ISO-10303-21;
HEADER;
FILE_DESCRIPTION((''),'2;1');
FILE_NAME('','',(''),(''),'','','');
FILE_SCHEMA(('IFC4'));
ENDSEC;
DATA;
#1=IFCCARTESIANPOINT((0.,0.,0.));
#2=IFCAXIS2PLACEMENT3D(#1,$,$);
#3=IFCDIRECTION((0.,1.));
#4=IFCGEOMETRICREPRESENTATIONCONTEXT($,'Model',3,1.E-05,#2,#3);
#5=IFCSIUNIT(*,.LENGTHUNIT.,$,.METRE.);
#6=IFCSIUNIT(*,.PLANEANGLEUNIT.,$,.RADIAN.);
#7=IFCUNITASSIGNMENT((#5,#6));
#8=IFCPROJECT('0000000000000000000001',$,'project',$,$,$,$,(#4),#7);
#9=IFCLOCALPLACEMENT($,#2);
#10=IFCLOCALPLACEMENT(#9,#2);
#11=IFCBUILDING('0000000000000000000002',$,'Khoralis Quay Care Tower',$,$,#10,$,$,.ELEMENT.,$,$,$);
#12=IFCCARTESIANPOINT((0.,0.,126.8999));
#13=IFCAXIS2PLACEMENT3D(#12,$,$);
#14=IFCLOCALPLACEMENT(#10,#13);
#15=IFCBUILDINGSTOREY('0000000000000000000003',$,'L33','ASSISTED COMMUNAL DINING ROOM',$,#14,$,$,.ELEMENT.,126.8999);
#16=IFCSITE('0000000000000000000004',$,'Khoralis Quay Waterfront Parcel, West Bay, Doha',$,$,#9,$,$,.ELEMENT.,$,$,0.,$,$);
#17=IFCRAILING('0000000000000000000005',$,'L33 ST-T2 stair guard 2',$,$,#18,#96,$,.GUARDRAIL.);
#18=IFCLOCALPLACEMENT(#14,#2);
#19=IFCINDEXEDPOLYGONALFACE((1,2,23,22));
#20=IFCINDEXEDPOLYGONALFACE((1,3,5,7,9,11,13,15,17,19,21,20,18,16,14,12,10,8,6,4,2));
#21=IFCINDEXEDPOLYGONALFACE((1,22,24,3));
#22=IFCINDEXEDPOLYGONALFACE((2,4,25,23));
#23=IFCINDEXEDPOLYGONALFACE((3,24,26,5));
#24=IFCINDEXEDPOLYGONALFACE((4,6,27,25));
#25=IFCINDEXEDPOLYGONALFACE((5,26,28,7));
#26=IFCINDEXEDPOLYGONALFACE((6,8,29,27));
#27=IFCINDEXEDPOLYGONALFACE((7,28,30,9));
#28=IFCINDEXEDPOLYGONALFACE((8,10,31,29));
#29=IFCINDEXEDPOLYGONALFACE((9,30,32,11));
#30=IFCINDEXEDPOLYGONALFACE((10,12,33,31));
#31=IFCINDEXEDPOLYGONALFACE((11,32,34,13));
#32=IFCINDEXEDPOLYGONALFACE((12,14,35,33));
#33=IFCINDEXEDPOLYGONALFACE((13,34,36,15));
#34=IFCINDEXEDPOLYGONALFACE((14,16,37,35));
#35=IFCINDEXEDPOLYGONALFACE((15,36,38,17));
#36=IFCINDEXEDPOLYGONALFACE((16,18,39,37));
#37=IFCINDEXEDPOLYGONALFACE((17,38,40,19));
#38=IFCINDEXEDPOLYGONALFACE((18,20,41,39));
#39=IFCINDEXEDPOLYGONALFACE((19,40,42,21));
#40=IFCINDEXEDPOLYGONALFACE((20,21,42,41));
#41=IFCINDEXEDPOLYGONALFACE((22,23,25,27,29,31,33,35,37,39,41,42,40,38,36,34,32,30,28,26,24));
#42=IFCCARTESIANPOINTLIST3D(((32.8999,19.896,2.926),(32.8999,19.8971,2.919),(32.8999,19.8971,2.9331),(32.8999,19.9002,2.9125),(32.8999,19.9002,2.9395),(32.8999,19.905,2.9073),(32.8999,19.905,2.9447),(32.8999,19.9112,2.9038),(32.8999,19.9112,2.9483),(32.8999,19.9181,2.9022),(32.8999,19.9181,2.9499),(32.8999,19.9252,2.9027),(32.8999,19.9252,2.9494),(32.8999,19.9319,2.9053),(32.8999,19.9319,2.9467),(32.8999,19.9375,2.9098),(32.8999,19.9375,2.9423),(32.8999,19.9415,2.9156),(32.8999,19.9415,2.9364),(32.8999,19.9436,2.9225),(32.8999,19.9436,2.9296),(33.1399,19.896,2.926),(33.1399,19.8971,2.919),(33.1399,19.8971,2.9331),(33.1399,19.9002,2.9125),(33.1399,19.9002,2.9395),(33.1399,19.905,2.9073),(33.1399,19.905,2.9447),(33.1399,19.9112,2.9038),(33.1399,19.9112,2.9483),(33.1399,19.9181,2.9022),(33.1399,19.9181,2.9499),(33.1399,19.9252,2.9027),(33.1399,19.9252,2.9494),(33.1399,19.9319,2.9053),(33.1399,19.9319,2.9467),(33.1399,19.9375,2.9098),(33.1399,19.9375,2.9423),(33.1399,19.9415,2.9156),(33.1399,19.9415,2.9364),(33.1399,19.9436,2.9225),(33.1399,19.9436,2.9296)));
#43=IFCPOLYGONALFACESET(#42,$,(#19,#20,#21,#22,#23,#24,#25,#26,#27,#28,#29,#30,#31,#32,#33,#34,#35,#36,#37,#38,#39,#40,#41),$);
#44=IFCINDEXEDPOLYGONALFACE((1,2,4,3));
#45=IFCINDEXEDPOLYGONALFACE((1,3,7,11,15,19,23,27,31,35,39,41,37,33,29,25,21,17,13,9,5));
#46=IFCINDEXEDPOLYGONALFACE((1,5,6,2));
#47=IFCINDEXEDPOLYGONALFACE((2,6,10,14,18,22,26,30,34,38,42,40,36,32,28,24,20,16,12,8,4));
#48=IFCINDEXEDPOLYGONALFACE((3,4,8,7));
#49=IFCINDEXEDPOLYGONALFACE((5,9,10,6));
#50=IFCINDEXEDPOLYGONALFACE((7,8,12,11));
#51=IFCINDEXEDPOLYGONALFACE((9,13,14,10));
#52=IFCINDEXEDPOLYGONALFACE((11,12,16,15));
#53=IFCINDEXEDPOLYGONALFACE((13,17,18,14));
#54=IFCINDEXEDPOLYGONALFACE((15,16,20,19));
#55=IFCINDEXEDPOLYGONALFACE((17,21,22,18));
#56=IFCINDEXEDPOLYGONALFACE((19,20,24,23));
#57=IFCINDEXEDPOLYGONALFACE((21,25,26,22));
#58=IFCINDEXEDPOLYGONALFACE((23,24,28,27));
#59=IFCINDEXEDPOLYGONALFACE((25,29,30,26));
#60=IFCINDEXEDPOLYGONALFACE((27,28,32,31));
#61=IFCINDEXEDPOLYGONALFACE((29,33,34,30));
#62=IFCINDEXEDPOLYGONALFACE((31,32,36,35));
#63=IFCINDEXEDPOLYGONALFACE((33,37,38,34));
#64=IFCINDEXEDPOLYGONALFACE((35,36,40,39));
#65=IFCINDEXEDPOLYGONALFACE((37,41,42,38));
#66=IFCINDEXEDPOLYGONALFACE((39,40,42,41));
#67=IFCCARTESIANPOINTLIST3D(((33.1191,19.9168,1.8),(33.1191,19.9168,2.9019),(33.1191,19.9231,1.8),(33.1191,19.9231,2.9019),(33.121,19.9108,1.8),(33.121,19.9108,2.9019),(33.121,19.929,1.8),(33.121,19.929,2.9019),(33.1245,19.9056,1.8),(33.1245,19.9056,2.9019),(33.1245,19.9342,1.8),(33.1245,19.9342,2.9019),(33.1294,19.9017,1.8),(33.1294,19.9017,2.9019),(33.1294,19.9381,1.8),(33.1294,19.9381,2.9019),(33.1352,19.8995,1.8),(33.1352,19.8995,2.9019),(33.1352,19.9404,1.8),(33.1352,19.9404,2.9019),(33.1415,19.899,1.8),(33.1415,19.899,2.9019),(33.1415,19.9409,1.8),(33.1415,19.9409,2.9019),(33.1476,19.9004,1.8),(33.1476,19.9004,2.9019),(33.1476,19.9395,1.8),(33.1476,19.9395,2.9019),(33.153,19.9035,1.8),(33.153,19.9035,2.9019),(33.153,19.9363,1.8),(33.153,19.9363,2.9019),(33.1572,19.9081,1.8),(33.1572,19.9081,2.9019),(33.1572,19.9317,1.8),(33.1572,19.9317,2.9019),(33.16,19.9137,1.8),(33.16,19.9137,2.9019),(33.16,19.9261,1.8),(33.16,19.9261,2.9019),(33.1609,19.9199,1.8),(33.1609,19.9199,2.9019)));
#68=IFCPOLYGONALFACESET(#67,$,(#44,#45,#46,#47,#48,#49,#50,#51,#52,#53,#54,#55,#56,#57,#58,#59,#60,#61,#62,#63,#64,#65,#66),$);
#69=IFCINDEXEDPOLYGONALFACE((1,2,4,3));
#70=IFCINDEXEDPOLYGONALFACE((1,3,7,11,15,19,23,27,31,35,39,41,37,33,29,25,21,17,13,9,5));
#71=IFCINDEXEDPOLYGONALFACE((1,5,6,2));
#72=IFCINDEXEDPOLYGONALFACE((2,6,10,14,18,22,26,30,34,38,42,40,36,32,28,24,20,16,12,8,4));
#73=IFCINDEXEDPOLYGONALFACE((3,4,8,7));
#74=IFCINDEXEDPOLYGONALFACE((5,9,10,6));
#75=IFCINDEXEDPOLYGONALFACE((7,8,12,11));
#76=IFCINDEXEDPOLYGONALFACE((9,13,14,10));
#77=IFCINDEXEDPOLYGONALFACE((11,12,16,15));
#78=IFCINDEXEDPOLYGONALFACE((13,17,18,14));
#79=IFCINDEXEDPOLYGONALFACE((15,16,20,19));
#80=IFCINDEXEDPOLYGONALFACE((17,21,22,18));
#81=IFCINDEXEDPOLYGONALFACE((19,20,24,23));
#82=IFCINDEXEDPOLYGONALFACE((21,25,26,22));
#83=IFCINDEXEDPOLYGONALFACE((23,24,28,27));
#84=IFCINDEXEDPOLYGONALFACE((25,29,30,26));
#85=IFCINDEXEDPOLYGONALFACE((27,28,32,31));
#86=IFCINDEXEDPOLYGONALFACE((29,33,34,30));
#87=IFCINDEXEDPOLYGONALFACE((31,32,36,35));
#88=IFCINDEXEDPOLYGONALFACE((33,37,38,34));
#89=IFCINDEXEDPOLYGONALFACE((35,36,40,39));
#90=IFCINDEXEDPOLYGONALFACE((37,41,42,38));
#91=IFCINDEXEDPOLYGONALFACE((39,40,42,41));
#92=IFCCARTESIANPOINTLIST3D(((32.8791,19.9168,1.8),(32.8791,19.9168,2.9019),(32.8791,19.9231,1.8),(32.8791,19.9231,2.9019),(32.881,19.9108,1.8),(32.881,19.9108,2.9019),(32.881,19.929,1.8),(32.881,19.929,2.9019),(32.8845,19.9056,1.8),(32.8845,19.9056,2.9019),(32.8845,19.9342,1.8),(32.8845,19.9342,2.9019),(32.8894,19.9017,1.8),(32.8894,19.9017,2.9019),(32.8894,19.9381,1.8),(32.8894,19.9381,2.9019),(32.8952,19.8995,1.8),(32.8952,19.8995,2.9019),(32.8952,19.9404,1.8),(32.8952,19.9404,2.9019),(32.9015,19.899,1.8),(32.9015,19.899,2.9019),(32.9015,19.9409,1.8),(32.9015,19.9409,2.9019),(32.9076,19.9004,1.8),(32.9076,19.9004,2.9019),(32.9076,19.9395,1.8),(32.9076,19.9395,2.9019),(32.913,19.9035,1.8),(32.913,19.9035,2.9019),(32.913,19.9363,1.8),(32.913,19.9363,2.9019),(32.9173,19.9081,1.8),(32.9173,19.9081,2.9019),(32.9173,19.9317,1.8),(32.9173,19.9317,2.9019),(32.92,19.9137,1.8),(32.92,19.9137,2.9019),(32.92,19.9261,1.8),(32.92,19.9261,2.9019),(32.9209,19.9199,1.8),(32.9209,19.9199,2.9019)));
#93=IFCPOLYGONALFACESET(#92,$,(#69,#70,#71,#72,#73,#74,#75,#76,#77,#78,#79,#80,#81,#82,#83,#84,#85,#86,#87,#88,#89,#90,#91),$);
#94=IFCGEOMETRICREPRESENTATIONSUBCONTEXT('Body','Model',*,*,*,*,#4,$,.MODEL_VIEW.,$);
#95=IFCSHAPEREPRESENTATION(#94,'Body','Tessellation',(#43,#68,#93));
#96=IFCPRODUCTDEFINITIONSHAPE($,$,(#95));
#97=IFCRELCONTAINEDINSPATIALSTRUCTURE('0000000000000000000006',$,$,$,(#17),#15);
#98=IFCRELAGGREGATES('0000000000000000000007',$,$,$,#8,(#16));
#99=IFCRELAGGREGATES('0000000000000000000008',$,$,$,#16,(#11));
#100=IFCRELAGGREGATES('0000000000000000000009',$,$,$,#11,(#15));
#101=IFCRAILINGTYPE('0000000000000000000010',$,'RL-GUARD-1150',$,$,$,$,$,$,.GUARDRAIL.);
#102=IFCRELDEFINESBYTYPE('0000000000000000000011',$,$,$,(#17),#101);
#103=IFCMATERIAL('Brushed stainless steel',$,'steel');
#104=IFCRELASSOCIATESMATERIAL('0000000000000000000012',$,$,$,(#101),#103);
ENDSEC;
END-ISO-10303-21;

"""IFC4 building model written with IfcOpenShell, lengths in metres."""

from ifc_helpers import new_model, si_unit, direction, frame, origin, origin_2d, place, context, subcontext, project, spatial, circle, extrude, material, type_object, element, save


model = new_model("IFC4")

# Units and contexts
model_context = context("Model", 3, precision=1e-05, world=origin(), true_north=direction((0.0, 1.0)))
body_context = subcontext(model_context, "Body", "Model", "MODEL_VIEW")
ifc_project = project(units=[si_unit("LENGTHUNIT", "METRE"), si_unit("PLANEANGLEUNIT", "RADIAN")], contexts=[model_context])

# Site, building, storey
site_placement = place(None, origin())
site = spatial("IfcSite", under=ifc_project, at=site_placement, Name="Khoralis Quay Waterfront Parcel, West Bay, Doha", CompositionType="ELEMENT", RefElevation=0.0)
building_placement = place(site_placement, origin())
building = spatial("IfcBuilding", under=site, at=building_placement, Name="Khoralis Quay Care Tower", CompositionType="ELEMENT")
storey_placement = place(building_placement, frame((0.0, 0.0, 126.8999)))
storey = spatial("IfcBuildingStorey", under=building, at=storey_placement, Name="L33", Description="ASSISTED COMMUNAL DINING ROOM", CompositionType="ELEMENT", Elevation=126.8999)

# Railing
ifc_material_1 = material(Name="Brushed stainless steel", Category="steel")
railing_type_1 = type_object("IfcRailingType", Name="RL-GUARD-1150", PredefinedType="GUARDRAIL", material=ifc_material_1)
railing_1_placement = place(storey_placement, frame((33.1399, 19.9199, 1.8)))
element("IfcRailing", 1, at=railing_1_placement, inside=storey, type_object=railing_type_1, Name="L33 ST-T2 stair guard 2", PredefinedType="GUARDRAIL", context=body_context, shape_type="SweptSolid", body=[
    extrude(circle(Radius=0.0239, at=origin_2d()), frame((0.0, 0.0, 1.126), z_axis=(-1.0, 0.0, 0.0), x_axis=(0.0, -1.0, 0.0)), (0.0, 0.0, 1.0), 0.24),
    extrude(circle(Radius=0.021, at=origin_2d()), origin(), (0.0, 0.0, 1.0), 1.1018),
    extrude(circle(Radius=0.021, at=origin_2d()), frame((-0.24, 0.0, 0.0)), (0.0, 0.0, 1.0), 1.1018),
])

save(model, "model.ifc")
